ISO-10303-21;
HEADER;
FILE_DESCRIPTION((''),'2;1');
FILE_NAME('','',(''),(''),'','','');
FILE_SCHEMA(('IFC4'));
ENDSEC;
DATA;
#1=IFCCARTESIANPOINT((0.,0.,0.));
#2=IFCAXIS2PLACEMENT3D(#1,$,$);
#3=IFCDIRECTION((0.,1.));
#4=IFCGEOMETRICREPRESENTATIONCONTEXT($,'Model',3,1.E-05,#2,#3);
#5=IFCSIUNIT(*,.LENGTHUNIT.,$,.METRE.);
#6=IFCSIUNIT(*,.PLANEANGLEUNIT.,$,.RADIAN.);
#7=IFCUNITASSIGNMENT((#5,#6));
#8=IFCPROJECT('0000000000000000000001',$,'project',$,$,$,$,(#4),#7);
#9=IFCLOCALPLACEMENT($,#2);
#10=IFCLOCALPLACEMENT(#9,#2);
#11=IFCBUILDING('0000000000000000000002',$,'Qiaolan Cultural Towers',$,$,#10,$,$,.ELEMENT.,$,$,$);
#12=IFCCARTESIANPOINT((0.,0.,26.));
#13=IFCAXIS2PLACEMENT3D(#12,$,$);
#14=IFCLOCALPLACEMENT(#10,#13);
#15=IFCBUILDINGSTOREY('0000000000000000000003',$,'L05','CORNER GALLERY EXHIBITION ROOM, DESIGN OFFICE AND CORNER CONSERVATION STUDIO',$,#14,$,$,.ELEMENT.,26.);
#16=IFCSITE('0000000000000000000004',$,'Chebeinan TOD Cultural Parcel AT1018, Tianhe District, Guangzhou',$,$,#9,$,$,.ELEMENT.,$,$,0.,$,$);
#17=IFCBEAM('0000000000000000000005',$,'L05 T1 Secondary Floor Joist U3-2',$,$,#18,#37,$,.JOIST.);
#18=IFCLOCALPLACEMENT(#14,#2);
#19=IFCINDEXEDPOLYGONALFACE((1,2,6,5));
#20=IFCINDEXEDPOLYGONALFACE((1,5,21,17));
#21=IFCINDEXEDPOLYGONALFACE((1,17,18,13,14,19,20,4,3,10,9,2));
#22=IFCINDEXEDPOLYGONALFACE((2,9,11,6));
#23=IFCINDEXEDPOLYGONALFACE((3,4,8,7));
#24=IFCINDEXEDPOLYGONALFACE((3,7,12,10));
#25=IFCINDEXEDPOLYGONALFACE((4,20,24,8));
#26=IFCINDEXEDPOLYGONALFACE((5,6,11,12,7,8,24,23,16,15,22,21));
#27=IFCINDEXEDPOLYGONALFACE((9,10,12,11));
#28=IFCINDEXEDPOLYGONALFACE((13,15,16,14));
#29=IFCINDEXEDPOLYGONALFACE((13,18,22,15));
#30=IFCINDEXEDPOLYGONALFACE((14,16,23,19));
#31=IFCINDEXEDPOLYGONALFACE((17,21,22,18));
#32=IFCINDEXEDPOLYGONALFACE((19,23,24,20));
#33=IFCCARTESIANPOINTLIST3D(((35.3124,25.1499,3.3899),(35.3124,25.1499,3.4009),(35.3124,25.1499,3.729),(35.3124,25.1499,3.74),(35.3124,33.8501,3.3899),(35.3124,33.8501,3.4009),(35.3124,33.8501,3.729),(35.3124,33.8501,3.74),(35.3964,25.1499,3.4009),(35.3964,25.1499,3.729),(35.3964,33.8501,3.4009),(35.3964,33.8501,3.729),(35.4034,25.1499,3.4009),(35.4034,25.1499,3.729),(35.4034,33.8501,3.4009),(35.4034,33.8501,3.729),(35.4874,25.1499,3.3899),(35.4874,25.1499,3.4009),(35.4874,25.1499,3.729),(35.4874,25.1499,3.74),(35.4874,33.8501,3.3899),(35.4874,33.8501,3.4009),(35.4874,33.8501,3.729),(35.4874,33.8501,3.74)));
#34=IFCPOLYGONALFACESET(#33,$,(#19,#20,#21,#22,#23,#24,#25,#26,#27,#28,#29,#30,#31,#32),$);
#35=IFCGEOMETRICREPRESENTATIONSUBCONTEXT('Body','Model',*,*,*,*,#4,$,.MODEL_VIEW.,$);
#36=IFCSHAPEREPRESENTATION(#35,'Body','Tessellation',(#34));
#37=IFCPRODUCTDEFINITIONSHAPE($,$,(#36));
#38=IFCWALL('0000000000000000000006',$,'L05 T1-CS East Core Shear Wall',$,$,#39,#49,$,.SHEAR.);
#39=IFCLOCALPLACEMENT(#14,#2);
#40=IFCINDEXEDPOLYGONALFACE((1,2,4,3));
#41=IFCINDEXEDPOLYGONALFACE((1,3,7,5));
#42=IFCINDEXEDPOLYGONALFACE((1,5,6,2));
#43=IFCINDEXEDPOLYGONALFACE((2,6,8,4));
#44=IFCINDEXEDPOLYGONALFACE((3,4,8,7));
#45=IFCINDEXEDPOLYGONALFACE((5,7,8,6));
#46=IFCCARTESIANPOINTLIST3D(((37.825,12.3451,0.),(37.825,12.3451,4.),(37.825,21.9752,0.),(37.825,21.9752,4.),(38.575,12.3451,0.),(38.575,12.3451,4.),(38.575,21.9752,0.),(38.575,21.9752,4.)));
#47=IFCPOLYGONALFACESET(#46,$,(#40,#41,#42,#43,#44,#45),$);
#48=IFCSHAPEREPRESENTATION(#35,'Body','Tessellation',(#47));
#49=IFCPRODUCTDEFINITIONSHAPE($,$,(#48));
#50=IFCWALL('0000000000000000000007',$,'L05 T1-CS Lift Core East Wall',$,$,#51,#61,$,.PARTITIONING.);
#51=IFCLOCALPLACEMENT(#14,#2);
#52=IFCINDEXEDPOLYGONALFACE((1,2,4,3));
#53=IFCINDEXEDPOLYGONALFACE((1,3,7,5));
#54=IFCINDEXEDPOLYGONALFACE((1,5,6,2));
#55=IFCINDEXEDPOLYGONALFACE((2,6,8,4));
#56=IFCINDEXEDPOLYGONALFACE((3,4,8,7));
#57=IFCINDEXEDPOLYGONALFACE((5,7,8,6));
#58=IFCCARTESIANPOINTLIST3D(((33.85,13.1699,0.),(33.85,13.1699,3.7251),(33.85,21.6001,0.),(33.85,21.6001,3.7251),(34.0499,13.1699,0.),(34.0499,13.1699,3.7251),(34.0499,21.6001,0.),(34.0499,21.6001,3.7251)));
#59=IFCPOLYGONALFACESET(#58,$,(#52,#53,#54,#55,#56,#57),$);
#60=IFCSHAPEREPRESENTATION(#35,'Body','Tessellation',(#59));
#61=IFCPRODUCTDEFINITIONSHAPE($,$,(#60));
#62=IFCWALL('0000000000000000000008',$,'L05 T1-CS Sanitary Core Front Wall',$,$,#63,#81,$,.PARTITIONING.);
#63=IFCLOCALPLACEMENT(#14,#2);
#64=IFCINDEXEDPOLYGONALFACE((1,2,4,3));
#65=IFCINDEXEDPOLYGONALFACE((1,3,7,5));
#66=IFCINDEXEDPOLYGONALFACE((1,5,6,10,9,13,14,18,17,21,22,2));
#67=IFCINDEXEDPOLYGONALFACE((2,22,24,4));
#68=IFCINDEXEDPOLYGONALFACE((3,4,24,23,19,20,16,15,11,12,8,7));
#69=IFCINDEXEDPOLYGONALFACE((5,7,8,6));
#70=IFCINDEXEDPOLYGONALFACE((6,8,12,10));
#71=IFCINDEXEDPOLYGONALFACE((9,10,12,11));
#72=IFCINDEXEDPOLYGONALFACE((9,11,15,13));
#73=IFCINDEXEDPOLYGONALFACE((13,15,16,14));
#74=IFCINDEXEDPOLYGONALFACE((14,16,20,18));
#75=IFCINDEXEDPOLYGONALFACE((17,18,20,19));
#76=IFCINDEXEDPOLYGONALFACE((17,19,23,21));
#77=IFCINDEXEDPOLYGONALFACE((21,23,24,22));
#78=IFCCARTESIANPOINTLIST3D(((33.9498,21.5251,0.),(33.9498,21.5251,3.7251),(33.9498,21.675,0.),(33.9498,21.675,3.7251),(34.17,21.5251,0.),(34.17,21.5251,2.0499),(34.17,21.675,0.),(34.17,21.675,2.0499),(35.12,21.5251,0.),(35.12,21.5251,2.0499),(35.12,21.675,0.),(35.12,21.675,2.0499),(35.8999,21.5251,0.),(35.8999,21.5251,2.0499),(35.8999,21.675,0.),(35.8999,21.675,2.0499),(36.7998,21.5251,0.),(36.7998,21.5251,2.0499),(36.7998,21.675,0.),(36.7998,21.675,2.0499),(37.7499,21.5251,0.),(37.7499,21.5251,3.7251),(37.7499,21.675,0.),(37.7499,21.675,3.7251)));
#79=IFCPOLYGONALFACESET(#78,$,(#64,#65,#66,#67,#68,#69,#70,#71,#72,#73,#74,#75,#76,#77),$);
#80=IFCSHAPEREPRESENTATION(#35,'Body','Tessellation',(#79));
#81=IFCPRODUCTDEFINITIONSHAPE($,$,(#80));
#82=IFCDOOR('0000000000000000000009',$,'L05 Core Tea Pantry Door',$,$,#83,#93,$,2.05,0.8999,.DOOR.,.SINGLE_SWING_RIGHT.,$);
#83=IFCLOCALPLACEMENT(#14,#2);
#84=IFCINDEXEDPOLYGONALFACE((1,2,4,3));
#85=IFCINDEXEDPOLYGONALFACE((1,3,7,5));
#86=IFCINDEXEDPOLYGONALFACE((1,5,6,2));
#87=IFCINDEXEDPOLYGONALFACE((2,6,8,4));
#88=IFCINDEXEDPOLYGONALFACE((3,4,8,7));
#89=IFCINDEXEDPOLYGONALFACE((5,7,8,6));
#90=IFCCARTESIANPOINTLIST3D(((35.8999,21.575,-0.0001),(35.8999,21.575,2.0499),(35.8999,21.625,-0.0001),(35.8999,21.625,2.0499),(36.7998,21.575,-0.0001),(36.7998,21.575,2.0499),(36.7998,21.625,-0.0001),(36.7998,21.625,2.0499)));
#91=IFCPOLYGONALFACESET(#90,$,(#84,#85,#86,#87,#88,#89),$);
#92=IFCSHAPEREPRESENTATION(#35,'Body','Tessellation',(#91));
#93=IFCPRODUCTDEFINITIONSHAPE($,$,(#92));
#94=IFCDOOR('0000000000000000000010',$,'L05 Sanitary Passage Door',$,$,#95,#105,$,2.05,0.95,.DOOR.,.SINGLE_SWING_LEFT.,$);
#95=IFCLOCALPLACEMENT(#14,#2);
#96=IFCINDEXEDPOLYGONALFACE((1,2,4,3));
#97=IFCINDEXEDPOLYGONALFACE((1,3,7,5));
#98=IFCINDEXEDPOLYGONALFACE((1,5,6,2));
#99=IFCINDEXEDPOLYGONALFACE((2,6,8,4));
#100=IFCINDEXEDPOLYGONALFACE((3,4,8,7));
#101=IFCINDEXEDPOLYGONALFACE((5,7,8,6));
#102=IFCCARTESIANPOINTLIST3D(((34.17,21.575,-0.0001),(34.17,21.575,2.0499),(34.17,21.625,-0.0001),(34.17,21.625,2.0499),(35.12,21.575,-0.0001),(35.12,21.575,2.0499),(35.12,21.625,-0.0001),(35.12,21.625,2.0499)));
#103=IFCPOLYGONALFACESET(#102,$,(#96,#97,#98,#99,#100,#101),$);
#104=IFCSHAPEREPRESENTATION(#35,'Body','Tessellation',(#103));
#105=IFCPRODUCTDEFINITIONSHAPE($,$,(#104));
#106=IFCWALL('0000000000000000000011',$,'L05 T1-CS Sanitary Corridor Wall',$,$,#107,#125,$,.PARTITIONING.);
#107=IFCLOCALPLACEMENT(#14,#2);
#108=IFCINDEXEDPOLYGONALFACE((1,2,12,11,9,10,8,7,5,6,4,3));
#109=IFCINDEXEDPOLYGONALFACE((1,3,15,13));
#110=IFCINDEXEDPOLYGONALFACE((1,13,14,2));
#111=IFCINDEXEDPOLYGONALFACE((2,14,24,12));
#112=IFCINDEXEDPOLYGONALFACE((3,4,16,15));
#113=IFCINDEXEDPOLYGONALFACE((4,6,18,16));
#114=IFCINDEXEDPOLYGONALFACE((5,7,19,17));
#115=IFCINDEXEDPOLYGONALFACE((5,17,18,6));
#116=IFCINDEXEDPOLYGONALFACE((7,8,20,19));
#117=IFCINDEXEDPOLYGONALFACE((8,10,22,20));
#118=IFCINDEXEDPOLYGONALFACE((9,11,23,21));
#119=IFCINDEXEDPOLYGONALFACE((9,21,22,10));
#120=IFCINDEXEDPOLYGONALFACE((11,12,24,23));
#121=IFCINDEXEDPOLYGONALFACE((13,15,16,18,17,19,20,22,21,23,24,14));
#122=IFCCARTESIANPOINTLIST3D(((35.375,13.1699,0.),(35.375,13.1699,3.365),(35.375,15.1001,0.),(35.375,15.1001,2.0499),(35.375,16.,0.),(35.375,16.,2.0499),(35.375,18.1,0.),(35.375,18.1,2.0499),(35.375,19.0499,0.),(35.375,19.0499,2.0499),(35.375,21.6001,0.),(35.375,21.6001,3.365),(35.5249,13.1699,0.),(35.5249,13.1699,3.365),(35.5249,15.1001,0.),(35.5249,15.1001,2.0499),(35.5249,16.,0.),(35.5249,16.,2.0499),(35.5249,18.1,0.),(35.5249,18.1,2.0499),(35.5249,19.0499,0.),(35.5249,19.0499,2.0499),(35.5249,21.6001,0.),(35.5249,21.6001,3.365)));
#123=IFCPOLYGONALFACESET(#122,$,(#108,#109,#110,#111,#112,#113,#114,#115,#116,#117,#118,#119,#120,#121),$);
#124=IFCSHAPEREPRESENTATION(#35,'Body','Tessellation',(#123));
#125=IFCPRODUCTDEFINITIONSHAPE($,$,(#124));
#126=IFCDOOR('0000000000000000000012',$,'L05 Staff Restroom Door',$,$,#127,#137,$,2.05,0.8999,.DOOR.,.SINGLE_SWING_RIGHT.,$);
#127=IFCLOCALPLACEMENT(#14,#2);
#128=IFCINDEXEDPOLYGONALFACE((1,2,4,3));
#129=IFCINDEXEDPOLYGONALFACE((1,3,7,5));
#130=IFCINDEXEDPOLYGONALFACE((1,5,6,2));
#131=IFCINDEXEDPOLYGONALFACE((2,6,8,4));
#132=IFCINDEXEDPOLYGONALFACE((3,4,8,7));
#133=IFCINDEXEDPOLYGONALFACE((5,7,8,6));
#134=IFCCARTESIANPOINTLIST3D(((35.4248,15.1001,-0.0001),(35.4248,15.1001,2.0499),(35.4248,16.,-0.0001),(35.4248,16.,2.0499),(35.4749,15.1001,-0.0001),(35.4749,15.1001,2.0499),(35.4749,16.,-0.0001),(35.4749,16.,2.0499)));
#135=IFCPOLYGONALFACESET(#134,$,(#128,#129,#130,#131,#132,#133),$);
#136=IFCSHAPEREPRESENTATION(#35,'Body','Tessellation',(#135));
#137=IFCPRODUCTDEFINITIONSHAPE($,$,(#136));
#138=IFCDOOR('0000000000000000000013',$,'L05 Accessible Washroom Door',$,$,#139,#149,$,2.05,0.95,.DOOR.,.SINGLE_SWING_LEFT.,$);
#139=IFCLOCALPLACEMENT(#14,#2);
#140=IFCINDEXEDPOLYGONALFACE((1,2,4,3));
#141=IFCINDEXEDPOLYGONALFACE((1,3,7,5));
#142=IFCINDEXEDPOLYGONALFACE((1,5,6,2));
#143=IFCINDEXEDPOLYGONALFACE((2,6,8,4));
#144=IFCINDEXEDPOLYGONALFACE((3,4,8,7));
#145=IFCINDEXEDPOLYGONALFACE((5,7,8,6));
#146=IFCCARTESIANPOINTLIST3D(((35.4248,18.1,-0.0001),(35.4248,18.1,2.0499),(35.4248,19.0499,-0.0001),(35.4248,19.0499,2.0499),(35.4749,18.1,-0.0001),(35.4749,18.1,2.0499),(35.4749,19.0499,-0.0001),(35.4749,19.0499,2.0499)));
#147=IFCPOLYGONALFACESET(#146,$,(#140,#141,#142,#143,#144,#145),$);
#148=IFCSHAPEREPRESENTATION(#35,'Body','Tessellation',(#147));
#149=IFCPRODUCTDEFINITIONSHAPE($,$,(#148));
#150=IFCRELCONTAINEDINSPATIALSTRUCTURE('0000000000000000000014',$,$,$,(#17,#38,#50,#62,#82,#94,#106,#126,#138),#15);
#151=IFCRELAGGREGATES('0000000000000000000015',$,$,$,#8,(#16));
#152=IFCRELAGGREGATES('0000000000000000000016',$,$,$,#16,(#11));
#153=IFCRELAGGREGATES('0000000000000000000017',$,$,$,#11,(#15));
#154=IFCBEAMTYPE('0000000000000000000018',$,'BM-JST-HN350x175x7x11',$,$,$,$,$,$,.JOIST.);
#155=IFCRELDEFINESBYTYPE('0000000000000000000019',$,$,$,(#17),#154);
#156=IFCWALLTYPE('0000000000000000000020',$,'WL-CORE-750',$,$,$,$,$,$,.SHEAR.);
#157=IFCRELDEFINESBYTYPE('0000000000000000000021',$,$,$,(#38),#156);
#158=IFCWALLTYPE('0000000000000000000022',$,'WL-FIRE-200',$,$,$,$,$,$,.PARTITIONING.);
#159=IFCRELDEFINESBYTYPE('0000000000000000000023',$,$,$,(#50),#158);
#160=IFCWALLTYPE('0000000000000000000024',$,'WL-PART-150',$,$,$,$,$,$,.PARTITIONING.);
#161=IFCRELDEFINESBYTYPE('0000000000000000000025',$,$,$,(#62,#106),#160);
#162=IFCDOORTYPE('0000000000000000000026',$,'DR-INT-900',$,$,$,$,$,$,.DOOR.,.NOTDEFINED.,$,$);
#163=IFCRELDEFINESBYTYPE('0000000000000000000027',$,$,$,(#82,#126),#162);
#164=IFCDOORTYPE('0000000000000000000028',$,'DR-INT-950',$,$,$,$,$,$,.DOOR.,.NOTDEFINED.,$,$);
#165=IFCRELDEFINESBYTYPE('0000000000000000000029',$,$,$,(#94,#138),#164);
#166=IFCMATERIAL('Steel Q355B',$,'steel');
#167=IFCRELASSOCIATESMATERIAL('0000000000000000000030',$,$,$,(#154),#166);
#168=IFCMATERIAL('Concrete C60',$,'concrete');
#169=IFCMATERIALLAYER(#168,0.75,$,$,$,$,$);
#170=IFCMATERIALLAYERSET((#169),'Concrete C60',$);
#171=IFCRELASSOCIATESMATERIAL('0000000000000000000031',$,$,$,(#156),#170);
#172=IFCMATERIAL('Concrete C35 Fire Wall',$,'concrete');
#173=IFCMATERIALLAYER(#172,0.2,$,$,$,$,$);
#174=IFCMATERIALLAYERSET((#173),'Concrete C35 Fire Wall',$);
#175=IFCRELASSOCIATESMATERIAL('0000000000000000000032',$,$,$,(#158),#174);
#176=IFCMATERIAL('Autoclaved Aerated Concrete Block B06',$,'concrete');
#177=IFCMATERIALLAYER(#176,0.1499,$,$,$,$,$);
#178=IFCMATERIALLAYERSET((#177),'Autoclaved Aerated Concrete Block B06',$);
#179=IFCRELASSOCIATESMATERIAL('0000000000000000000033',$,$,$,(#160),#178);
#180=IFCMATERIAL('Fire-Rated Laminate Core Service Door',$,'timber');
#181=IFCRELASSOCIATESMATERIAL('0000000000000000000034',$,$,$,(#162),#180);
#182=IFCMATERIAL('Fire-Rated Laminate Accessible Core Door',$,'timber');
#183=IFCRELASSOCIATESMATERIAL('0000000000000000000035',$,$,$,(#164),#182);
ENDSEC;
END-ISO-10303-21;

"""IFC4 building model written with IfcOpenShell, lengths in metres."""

from ifc_helpers import new_model, si_unit, direction, frame, frame_2d, origin, origin_2d, place, context, subcontext, project, spatial, rectangle, i_section, extrude, material, layer, layer_set, material_profile, profile_set, type_object, element, fill, save


model = new_model("IFC4")

# Units and contexts
model_context = context("Model", 3, precision=1e-05, world=origin(), true_north=direction((0.0, 1.0)))
body_context = subcontext(model_context, "Body", "Model", "MODEL_VIEW")
ifc_project = project(units=[si_unit("LENGTHUNIT", "METRE"), si_unit("PLANEANGLEUNIT", "RADIAN")], contexts=[model_context])

# Site, building, storey
site_placement = place(None, origin())
site = spatial("IfcSite", under=ifc_project, at=site_placement, Name="Chebeinan TOD Cultural Parcel AT1018, Tianhe District, Guangzhou", CompositionType="ELEMENT", RefElevation=0.0)
building_placement = place(site_placement, origin())
building = spatial("IfcBuilding", under=site, at=building_placement, Name="Qiaolan Cultural Towers", CompositionType="ELEMENT")
storey_placement = place(building_placement, frame((0.0, 0.0, 26.0)))
storey = spatial("IfcBuildingStorey", under=building, at=storey_placement, Name="L05", Description="CORNER GALLERY EXHIBITION ROOM, DESIGN OFFICE AND CORNER CONSERVATION STUDIO", CompositionType="ELEMENT", Elevation=26.0)

# Beam
ifc_material_1 = material(Name="Steel Q355B", Category="steel")
ifc_material_profile = material_profile(ifc_material_1, i_section(OverallWidth=0.175, OverallDepth=0.3501, WebThickness=0.0071, FlangeThickness=0.011, at=origin_2d()), Name="HN350x175x7x11")
ifc_profile_set = profile_set([ifc_material_profile], Name="Steel Q355B")
beam_type = type_object("IfcBeamType", Name="BM-JST-HN350x175x7x11", PredefinedType="JOIST", material=ifc_profile_set)
beam_placement = place(storey_placement, frame((35.3999, 25.1499, 3.5649), z_axis=(0.0, 1.0, 0.0), x_axis=(-1.0, 0.0, 0.0)))
element("IfcBeam", 1, at=beam_placement, inside=storey, type_object=beam_type, Name="L05 T1 Secondary Floor Joist U3-2", PredefinedType="JOIST", context=body_context, shape_type="SweptSolid", body=[
    extrude(i_section(OverallWidth=0.175, OverallDepth=0.3501, WebThickness=0.0071, FlangeThickness=0.011, at=origin_2d()), origin(), (0.0, 0.0, 1.0), 8.7002),
])

# Walls
ifc_material_2 = material(Name="Concrete C60", Category="concrete")
ifc_layer_1 = layer(ifc_material_2, 0.75)
ifc_layer_set_1 = layer_set([ifc_layer_1], Name="Concrete C60")
wall_type_1 = type_object("IfcWallType", Name="WL-CORE-750", PredefinedType="SHEAR", material=ifc_layer_set_1)
wall_1_placement = place(storey_placement, frame((38.2, 21.9751, 0.0), z_axis=(0.0, 0.0, 1.0), x_axis=(0.0, -1.0, 0.0)))
element("IfcWall", 2, at=wall_1_placement, inside=storey, type_object=wall_type_1, Name="L05 T1-CS East Core Shear Wall", PredefinedType="SHEAR", context=body_context, shape_type="SweptSolid", body=[
    extrude(rectangle(XDim=9.6301, YDim=0.75, at=frame_2d((4.8149, 0.0))), origin(), (0.0, 0.0, 1.0), 4.0),
])
ifc_material_3 = material(Name="Concrete C35 Fire Wall", Category="concrete")
ifc_layer_2 = layer(ifc_material_3, 0.2)
ifc_layer_set_2 = layer_set([ifc_layer_2], Name="Concrete C35 Fire Wall")
wall_type_2 = type_object("IfcWallType", Name="WL-FIRE-200", PredefinedType="PARTITIONING", material=ifc_layer_set_2)
wall_2_placement = place(storey_placement, frame((33.95, 21.6001, 0.0), z_axis=(0.0, 0.0, 1.0), x_axis=(0.0, -1.0, 0.0)))
element("IfcWall", 3, at=wall_2_placement, inside=storey, type_object=wall_type_2, Name="L05 T1-CS Lift Core East Wall", PredefinedType="PARTITIONING", context=body_context, shape_type="SweptSolid", body=[
    extrude(rectangle(XDim=8.4302, YDim=0.2, at=frame_2d((4.2151, 0.0))), origin(), (0.0, 0.0, 1.0), 3.7251),
])

# Walls, openings, doors
ifc_material_4 = material(Name="Autoclaved Aerated Concrete Block B06", Category="concrete")
ifc_layer_3 = layer(ifc_material_4, 0.1499)
ifc_layer_set_3 = layer_set([ifc_layer_3], Name="Autoclaved Aerated Concrete Block B06")
wall_type_3 = type_object("IfcWallType", Name="WL-PART-150", PredefinedType="PARTITIONING", material=ifc_layer_set_3)
wall_3_placement = place(storey_placement, frame((33.95, 21.6001, 0.0), z_axis=(0.0, 0.0, 1.0), x_axis=(1.0, 0.0, 0.0)))
wall_3 = element("IfcWall", 4, at=wall_3_placement, inside=storey, type_object=wall_type_3, Name="L05 T1-CS Sanitary Core Front Wall", PredefinedType="PARTITIONING", context=body_context, shape_type="SweptSolid", body=[
    extrude(rectangle(XDim=3.8, YDim=0.1499, at=frame_2d((1.8999, 0.0))), origin(), (0.0, 0.0, 1.0), 3.7251),
])
opening_1_placement = place(wall_3_placement, frame((0.22, 0.0, 0.0)))
opening_1 = element("IfcOpeningElement", 5, at=opening_1_placement, cuts=wall_3, PredefinedType="OPENING", context=body_context, shape_type="SweptSolid", body=[
    extrude(rectangle(XDim=0.95, YDim=2.05, at=frame_2d((0.4751, 1.0249))), frame((0.0, 0.085, 0.0), z_axis=(0.0, -1.0, 0.0), x_axis=(1.0, 0.0, 0.0)), (0.0, 0.0, 1.0), 0.1699),
])
opening_2_placement = place(wall_3_placement, frame((1.95, 0.0, 0.0)))
opening_2 = element("IfcOpeningElement", 6, at=opening_2_placement, cuts=wall_3, PredefinedType="OPENING", context=body_context, shape_type="SweptSolid", body=[
    extrude(rectangle(XDim=0.8999, YDim=2.05, at=frame_2d((0.45, 1.0249))), frame((0.0, 0.085, 0.0), z_axis=(0.0, -1.0, 0.0), x_axis=(1.0, 0.0, 0.0)), (0.0, 0.0, 1.0), 0.1699),
])
ifc_material_5 = material(Name="Fire-Rated Laminate Core Service Door", Category="timber")
door_type_1 = type_object("IfcDoorType", Name="DR-INT-900", OperationType="NOTDEFINED", PredefinedType="DOOR", material=ifc_material_5)
door_1_placement = place(opening_2_placement, origin())
door_1 = element("IfcDoor", 7, at=door_1_placement, inside=storey, type_object=door_type_1, Name="L05 Core Tea Pantry Door", OperationType="SINGLE_SWING_RIGHT", OverallHeight=2.05, OverallWidth=0.8999, PredefinedType="DOOR", context=body_context, shape_type="SweptSolid", body=[
    extrude(rectangle(XDim=0.8999, YDim=2.05, at=frame_2d((0.45, 1.0249))), frame((0.0, 0.0249, 0.0), z_axis=(0.0, -1.0, 0.0), x_axis=(1.0, 0.0, 0.0)), (0.0, 0.0, 1.0), 0.05),
])
fill(opening_2, door_1)
ifc_material_6 = material(Name="Fire-Rated Laminate Accessible Core Door", Category="timber")
door_type_2 = type_object("IfcDoorType", Name="DR-INT-950", OperationType="NOTDEFINED", PredefinedType="DOOR", material=ifc_material_6)
door_2_placement = place(opening_1_placement, origin())
door_2 = element("IfcDoor", 8, at=door_2_placement, inside=storey, type_object=door_type_2, Name="L05 Sanitary Passage Door", OperationType="SINGLE_SWING_LEFT", OverallHeight=2.05, OverallWidth=0.95, PredefinedType="DOOR", context=body_context, shape_type="SweptSolid", body=[
    extrude(rectangle(XDim=0.95, YDim=2.05, at=frame_2d((0.4751, 1.0249))), frame((0.0, 0.0249, 0.0), z_axis=(0.0, -1.0, 0.0), x_axis=(1.0, 0.0, 0.0)), (0.0, 0.0, 1.0), 0.05),
])
fill(opening_1, door_2)
wall_4_placement = place(storey_placement, frame((35.45, 21.6001, 0.0), z_axis=(0.0, 0.0, 1.0), x_axis=(0.0, -1.0, 0.0)))
wall_4 = element("IfcWall", 9, at=wall_4_placement, inside=storey, type_object=wall_type_3, Name="L05 T1-CS Sanitary Corridor Wall", PredefinedType="PARTITIONING", context=body_context, shape_type="SweptSolid", body=[
    extrude(rectangle(XDim=8.4302, YDim=0.1499, at=frame_2d((4.2151, 0.0))), origin(), (0.0, 0.0, 1.0), 3.365),
])
opening_3_placement = place(wall_4_placement, frame((2.55, 0.0, 0.0)))
opening_3 = element("IfcOpeningElement", 10, at=opening_3_placement, cuts=wall_4, PredefinedType="OPENING", context=body_context, shape_type="SweptSolid", body=[
    extrude(rectangle(XDim=0.95, YDim=2.05, at=frame_2d((0.4751, 1.0249))), frame((0.0, 0.085, 0.0), z_axis=(0.0, -1.0, 0.0), x_axis=(1.0, 0.0, 0.0)), (0.0, 0.0, 1.0), 0.1699),
])
opening_4_placement = place(wall_4_placement, frame((5.6001, 0.0, 0.0)))
opening_4 = element("IfcOpeningElement", 11, at=opening_4_placement, cuts=wall_4, PredefinedType="OPENING", context=body_context, shape_type="SweptSolid", body=[
    extrude(rectangle(XDim=0.8999, YDim=2.05, at=frame_2d((0.45, 1.0249))), frame((0.0, 0.085, 0.0), z_axis=(0.0, -1.0, 0.0), x_axis=(1.0, 0.0, 0.0)), (0.0, 0.0, 1.0), 0.1699),
])
door_3_placement = place(opening_4_placement, origin())
door_3 = element("IfcDoor", 12, at=door_3_placement, inside=storey, type_object=door_type_1, Name="L05 Staff Restroom Door", OperationType="SINGLE_SWING_RIGHT", OverallHeight=2.05, OverallWidth=0.8999, PredefinedType="DOOR", context=body_context, shape_type="SweptSolid", body=[
    extrude(rectangle(XDim=0.8999, YDim=2.05, at=frame_2d((0.45, 1.0249))), frame((0.0, 0.0249, 0.0), z_axis=(0.0, -1.0, 0.0), x_axis=(1.0, 0.0, 0.0)), (0.0, 0.0, 1.0), 0.05),
])
fill(opening_4, door_3)
door_4_placement = place(opening_3_placement, origin())
door_4 = element("IfcDoor", 13, at=door_4_placement, inside=storey, type_object=door_type_2, Name="L05 Accessible Washroom Door", OperationType="SINGLE_SWING_LEFT", OverallHeight=2.05, OverallWidth=0.95, PredefinedType="DOOR", context=body_context, shape_type="SweptSolid", body=[
    extrude(rectangle(XDim=0.95, YDim=2.05, at=frame_2d((0.4751, 1.0249))), frame((0.0, 0.0249, 0.0), z_axis=(0.0, -1.0, 0.0), x_axis=(1.0, 0.0, 0.0)), (0.0, 0.0, 1.0), 0.05),
])
fill(opening_3, door_4)

save(model, "model.ifc")
